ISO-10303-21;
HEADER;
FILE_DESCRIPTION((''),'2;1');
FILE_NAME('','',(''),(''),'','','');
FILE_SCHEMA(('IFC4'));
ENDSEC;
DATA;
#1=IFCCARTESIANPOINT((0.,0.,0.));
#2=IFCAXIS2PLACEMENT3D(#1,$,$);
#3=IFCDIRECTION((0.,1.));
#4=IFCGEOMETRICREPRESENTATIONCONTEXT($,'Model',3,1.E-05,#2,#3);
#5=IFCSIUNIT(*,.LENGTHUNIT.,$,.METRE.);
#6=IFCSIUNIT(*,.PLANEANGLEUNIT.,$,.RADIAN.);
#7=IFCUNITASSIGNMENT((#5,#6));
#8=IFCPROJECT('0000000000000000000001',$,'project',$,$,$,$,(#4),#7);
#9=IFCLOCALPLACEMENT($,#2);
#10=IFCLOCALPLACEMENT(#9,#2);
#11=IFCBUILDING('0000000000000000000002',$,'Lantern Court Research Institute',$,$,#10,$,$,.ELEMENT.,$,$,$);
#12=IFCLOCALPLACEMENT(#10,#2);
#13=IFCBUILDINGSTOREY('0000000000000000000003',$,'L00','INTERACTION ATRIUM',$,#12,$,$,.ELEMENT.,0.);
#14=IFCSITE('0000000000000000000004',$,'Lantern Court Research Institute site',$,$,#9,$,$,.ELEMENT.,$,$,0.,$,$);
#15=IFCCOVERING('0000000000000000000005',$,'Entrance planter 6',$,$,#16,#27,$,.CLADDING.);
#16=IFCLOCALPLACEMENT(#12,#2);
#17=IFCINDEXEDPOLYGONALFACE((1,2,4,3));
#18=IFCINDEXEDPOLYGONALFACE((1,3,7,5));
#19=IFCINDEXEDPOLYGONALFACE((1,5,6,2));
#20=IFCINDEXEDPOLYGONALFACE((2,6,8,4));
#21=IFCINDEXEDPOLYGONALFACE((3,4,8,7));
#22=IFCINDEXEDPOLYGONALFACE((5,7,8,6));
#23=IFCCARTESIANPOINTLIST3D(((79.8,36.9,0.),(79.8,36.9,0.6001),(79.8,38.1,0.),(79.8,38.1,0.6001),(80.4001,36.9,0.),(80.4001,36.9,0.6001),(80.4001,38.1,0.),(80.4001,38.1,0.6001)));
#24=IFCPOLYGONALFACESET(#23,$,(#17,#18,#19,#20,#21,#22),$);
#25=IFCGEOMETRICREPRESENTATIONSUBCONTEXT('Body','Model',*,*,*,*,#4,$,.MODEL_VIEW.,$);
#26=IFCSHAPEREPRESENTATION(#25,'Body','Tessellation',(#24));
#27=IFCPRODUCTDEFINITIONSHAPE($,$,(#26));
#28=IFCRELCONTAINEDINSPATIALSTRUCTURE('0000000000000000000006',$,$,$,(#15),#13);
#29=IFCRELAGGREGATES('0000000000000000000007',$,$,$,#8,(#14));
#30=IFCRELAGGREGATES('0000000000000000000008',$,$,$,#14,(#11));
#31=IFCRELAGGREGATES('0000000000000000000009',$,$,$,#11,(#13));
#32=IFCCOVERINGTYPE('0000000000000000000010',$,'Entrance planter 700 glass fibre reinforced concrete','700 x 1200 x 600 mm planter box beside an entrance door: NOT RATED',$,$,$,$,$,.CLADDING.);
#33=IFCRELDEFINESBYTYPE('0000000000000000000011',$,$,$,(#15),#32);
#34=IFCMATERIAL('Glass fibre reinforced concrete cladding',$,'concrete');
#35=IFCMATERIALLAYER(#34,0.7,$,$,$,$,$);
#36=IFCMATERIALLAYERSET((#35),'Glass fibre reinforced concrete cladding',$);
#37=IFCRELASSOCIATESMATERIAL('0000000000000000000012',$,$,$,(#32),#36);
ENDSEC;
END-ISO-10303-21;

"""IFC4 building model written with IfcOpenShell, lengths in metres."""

from ifc_helpers import new_model, si_unit, direction, frame, origin, origin_2d, place, context, subcontext, project, spatial, rectangle, extrude, material, layer, layer_set, type_object, element, save


model = new_model("IFC4")

# Units and contexts
model_context = context("Model", 3, precision=1e-05, world=origin(), true_north=direction((0.0, 1.0)))
body_context = subcontext(model_context, "Body", "Model", "MODEL_VIEW")
ifc_project = project(units=[si_unit("LENGTHUNIT", "METRE"), si_unit("PLANEANGLEUNIT", "RADIAN")], contexts=[model_context])

# Site, building, storey
site_placement = place(None, origin())
site = spatial("IfcSite", under=ifc_project, at=site_placement, Name="Lantern Court Research Institute site", CompositionType="ELEMENT", RefElevation=0.0)
building_placement = place(site_placement, origin())
building = spatial("IfcBuilding", under=site, at=building_placement, Name="Lantern Court Research Institute", CompositionType="ELEMENT")
storey_placement = place(building_placement, origin())
storey = spatial("IfcBuildingStorey", under=building, at=storey_placement, Name="L00", Description="INTERACTION ATRIUM", CompositionType="ELEMENT", Elevation=0.0)

# Covering
ifc_material_1 = material(Name="Glass fibre reinforced concrete cladding", Category="concrete")
ifc_layer_1 = layer(ifc_material_1, 0.7)
ifc_layer_set_1 = layer_set([ifc_layer_1], Name="Glass fibre reinforced concrete cladding")
covering_type = type_object("IfcCoveringType", Name="Entrance planter 700 glass fibre reinforced concrete", Description="700 x 1200 x 600 mm planter box beside an entrance door: NOT RATED", PredefinedType="CLADDING", material=ifc_layer_set_1)
for number, where, z_axis, x_axis, name in (
    (1, (80.1001, 37.5, 0.0), (0.0, 0.0, 1.0), (1.0, 0.0, 0.0), "Entrance planter 6"),
):
    element("IfcCovering", number, at=place(storey_placement, frame(where, z_axis=z_axis, x_axis=x_axis)), inside=storey, type_object=covering_type, Name=name, PredefinedType="CLADDING", context=body_context, shape_type="SweptSolid", body=[
        extrude(rectangle(XDim=0.6001, YDim=1.2, at=origin_2d()), origin(), (0.0, 0.0, 1.0), 0.6001),
    ])

save(model, "model.ifc")
